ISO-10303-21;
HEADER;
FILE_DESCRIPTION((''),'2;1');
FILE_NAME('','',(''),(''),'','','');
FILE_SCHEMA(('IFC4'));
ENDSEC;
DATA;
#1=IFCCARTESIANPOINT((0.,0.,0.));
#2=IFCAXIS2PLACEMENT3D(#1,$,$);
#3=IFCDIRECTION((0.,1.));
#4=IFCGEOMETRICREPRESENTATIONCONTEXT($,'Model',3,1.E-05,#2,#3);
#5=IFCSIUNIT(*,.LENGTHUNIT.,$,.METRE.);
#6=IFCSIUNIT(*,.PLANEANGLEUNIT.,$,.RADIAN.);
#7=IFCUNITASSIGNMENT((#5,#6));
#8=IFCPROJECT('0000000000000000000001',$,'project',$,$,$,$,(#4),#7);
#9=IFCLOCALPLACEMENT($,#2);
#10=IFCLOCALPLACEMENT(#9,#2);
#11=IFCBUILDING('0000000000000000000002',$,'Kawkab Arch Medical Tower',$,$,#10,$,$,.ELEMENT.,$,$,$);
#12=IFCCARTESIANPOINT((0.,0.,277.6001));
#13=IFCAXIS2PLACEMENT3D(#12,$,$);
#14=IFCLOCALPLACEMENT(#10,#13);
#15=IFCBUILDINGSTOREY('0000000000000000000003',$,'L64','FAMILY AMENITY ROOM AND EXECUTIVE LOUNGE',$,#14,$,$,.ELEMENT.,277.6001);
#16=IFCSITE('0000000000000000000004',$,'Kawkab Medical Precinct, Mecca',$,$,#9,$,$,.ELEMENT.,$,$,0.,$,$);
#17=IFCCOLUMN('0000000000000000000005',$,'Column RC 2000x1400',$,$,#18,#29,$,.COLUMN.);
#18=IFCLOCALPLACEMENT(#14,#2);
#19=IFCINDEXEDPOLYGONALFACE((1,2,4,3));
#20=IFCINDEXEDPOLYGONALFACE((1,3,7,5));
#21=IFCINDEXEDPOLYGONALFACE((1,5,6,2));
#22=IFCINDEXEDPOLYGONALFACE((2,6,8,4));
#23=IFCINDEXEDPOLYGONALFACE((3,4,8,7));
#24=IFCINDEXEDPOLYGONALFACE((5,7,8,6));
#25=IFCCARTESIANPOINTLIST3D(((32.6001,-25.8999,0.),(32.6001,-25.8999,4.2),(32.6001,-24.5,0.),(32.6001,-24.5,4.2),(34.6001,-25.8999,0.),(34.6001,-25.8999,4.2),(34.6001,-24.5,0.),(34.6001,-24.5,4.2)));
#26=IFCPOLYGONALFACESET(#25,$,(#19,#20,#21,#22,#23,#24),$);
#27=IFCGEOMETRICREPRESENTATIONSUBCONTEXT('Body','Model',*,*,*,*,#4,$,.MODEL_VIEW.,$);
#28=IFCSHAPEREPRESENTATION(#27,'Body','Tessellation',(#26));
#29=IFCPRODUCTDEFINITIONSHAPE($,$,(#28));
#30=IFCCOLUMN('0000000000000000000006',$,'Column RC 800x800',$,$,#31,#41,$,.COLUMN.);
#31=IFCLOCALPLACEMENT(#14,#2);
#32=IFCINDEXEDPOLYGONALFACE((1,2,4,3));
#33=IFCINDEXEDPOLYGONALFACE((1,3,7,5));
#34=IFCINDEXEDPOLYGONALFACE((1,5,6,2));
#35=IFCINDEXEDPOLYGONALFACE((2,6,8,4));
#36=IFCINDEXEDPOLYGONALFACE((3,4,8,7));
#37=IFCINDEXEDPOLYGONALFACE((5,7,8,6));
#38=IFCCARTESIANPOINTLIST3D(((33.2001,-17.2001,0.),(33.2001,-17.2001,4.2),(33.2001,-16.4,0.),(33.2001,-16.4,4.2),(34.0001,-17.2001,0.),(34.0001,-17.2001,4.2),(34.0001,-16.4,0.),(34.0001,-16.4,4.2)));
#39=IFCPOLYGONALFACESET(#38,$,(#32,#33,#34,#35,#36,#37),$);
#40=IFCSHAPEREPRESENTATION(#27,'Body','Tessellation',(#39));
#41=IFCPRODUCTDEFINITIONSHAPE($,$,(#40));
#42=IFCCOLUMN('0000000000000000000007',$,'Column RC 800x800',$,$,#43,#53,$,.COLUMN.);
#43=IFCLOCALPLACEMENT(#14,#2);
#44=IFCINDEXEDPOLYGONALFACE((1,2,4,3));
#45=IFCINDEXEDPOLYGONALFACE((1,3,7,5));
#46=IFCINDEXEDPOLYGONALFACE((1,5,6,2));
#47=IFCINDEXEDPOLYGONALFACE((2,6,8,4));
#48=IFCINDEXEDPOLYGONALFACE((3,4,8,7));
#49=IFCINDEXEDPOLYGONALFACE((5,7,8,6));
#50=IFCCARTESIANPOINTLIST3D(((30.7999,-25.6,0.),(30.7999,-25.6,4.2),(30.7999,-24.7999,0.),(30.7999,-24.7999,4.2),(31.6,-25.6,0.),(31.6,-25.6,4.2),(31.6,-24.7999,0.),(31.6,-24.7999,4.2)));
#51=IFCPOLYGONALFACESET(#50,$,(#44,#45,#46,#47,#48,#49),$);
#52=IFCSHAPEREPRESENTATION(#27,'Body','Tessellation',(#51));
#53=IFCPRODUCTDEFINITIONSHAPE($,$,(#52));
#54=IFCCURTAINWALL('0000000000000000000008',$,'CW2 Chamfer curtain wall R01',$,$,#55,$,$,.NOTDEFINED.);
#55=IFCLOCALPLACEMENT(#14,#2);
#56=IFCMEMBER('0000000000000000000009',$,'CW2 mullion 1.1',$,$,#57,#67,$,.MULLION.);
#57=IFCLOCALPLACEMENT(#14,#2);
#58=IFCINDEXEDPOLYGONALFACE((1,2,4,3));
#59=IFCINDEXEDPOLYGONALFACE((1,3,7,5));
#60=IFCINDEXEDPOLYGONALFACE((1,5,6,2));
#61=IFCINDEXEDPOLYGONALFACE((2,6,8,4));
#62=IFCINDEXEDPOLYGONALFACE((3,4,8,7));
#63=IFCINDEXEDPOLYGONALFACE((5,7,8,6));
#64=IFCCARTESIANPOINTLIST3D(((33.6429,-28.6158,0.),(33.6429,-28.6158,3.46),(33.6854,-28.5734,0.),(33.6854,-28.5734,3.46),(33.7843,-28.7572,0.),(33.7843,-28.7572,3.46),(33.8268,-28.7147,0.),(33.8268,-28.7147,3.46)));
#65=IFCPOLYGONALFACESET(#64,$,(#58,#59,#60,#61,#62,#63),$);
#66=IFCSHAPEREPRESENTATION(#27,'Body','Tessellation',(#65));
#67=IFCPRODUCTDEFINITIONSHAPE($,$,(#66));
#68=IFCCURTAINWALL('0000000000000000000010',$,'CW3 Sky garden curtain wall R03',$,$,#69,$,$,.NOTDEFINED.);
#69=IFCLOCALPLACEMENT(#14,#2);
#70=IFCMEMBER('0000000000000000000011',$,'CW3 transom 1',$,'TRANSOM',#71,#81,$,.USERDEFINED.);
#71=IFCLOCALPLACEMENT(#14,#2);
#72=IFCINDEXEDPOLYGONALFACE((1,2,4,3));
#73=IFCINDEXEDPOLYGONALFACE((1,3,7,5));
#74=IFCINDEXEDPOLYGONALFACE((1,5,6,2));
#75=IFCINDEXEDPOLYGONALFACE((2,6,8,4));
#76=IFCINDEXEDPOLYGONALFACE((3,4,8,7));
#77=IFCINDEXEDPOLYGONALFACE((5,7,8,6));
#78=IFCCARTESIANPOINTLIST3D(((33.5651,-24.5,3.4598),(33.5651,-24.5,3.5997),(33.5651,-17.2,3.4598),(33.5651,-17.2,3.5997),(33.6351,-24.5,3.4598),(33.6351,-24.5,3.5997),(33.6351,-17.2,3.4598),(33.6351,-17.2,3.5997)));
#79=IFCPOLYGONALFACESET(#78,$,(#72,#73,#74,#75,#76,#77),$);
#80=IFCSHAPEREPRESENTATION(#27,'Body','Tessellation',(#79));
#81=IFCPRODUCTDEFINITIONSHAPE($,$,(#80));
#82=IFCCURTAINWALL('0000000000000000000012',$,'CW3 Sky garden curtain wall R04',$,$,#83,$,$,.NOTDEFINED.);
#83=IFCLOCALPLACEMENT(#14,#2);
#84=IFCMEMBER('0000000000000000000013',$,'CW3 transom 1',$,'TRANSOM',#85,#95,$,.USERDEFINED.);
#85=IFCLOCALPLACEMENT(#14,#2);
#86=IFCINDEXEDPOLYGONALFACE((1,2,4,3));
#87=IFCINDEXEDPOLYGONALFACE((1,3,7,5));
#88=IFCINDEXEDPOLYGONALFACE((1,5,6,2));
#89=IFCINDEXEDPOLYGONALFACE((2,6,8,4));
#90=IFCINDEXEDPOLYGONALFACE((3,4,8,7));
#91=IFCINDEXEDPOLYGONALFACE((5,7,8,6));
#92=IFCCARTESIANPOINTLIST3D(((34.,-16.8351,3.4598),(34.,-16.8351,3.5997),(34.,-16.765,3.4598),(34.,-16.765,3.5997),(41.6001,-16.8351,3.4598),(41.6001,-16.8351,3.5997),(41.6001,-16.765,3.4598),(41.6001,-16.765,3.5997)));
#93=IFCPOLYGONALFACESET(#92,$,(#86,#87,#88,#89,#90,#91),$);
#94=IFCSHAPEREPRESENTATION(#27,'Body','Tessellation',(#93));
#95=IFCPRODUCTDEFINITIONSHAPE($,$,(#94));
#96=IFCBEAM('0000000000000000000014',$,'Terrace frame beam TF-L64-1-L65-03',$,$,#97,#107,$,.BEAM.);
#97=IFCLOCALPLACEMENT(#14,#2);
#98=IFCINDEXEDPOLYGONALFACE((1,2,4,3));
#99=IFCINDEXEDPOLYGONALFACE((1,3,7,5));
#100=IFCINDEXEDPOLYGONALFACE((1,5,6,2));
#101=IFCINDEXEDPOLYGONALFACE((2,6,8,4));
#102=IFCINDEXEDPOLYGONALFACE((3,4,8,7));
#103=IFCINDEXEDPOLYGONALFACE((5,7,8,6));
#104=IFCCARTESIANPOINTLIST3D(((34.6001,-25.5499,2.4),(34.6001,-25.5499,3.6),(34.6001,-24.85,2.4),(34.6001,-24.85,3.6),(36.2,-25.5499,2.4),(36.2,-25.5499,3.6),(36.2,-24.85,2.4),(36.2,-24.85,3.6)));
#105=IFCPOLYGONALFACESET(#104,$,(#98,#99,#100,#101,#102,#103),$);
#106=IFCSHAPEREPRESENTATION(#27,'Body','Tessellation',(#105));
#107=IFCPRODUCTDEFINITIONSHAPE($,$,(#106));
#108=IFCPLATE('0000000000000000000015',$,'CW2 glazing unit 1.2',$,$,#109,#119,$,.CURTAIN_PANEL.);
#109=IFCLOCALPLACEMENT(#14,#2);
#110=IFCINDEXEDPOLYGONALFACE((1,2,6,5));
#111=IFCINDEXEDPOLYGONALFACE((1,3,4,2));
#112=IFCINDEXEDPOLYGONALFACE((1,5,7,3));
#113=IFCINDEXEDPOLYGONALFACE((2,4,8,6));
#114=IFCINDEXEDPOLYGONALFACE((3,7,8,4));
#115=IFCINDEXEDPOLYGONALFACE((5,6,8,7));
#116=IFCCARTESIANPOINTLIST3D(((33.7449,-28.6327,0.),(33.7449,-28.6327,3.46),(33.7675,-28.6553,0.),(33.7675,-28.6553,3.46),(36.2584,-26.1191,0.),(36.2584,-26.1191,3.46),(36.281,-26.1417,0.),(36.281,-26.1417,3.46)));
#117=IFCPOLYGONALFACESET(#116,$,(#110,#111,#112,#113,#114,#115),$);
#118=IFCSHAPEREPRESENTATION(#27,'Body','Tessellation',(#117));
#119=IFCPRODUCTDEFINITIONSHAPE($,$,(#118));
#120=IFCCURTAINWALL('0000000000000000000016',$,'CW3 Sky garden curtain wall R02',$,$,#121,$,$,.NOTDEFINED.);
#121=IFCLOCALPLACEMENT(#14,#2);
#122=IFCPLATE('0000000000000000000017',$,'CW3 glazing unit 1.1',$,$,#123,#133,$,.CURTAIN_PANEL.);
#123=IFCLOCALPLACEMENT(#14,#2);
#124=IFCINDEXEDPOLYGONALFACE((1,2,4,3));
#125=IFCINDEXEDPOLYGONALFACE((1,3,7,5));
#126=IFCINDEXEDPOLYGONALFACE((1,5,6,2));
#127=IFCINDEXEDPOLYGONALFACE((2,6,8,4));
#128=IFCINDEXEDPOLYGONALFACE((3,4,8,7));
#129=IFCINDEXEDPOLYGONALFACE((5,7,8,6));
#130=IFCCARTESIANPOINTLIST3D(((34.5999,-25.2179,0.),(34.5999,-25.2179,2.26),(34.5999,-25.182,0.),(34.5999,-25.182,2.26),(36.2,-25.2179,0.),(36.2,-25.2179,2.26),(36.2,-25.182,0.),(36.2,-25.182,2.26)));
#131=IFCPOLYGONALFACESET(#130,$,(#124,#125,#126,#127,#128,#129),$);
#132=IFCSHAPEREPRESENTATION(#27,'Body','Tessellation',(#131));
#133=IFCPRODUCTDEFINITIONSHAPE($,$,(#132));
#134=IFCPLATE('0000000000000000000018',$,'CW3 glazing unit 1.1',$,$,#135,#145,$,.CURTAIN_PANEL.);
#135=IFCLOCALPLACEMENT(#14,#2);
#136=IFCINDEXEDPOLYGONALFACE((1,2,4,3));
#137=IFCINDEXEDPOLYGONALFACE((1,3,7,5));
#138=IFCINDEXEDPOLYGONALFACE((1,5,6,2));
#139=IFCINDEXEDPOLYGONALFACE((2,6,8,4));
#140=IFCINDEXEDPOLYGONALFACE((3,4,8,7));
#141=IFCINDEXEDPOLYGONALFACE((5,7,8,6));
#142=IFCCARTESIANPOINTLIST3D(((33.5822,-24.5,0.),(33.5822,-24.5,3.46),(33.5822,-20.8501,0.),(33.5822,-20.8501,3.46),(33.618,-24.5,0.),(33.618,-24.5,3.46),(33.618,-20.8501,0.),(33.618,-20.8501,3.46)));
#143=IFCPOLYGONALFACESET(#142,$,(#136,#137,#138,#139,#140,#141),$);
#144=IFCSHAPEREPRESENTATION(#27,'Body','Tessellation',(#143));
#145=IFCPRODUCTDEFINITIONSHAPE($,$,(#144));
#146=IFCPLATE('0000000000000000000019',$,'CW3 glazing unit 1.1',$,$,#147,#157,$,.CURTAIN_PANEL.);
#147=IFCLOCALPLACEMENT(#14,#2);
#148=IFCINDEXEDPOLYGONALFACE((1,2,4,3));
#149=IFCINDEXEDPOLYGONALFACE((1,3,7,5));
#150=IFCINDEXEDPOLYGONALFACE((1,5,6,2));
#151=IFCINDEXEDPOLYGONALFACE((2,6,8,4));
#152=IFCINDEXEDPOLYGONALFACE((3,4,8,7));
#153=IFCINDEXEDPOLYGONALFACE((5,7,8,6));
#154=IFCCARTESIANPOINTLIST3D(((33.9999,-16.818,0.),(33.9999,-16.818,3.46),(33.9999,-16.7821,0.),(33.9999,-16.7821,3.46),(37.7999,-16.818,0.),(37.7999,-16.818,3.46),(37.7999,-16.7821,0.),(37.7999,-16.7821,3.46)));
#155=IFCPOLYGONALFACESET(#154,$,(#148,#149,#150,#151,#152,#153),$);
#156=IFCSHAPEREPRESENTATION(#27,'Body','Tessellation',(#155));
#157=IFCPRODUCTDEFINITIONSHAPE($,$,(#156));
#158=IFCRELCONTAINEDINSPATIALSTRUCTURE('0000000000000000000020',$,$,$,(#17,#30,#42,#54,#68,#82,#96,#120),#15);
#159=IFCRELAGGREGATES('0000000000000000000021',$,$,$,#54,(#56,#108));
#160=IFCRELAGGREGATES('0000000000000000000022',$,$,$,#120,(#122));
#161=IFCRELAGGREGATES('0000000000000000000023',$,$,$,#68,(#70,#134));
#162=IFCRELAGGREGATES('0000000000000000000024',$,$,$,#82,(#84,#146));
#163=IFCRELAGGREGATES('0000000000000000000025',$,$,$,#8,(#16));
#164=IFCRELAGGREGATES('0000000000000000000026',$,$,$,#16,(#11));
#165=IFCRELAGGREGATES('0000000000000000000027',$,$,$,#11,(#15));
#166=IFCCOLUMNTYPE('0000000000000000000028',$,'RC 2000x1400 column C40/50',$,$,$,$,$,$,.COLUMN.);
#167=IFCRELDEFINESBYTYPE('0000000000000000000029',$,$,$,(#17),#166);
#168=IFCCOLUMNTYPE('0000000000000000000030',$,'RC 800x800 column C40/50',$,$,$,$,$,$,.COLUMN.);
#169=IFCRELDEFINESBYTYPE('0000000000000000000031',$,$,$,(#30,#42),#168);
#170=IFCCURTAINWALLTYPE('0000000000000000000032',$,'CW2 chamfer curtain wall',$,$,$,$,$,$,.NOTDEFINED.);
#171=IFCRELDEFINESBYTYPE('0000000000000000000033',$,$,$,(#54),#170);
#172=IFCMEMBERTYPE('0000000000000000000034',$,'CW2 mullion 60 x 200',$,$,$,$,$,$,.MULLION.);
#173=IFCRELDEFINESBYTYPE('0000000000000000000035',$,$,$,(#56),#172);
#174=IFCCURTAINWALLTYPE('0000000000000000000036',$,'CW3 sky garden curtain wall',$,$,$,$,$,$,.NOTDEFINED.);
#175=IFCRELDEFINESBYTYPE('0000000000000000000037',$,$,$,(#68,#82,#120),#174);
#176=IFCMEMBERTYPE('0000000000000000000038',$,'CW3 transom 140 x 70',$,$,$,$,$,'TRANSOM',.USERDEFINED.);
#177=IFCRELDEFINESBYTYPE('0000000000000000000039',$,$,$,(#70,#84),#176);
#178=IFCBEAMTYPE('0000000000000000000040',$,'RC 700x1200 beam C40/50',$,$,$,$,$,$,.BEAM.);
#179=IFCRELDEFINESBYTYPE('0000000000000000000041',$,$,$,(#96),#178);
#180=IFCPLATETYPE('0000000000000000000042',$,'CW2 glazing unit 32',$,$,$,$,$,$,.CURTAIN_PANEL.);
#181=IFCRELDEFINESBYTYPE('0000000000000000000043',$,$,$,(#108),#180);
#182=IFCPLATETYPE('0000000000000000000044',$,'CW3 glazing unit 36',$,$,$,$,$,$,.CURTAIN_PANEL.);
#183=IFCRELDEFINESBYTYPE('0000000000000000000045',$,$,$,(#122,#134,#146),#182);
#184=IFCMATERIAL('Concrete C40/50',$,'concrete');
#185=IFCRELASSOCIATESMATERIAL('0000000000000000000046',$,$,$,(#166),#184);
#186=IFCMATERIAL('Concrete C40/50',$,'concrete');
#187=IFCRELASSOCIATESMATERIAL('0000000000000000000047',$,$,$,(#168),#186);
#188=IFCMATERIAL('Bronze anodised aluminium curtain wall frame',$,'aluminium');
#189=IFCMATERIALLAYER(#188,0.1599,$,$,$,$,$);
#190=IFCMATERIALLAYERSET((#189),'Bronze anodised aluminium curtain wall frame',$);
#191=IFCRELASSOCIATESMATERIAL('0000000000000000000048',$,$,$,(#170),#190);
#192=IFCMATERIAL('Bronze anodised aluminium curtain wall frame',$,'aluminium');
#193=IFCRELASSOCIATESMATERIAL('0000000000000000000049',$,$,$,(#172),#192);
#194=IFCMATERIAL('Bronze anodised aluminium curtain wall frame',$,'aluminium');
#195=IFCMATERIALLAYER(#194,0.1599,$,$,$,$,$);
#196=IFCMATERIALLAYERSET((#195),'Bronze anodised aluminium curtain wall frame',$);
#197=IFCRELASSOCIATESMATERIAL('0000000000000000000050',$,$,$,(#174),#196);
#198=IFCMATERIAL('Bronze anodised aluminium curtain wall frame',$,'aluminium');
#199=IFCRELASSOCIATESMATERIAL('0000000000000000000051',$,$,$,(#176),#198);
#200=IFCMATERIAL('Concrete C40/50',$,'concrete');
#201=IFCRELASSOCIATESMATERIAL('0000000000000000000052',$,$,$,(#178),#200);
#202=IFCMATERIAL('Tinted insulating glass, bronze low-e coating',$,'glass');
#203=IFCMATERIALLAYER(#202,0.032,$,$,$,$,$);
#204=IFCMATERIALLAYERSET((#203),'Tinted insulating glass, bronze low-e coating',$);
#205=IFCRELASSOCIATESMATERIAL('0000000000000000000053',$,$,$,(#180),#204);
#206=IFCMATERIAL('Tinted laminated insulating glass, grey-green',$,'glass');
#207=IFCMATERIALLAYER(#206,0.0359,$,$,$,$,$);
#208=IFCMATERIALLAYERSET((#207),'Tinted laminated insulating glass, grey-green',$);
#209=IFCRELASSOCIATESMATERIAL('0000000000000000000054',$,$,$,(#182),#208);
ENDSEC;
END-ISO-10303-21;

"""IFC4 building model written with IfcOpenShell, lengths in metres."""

from ifc_helpers import new_model, si_unit, direction, frame, origin, origin_2d, place, context, subcontext, project, spatial, rectangle, extrude, material, layer, layer_set, material_profile, profile_set, type_object, element, aggregate, save


model = new_model("IFC4")

# Units and contexts
model_context = context("Model", 3, precision=1e-05, world=origin(), true_north=direction((0.0, 1.0)))
body_context = subcontext(model_context, "Body", "Model", "MODEL_VIEW")
ifc_project = project(units=[si_unit("LENGTHUNIT", "METRE"), si_unit("PLANEANGLEUNIT", "RADIAN")], contexts=[model_context])

# Site, building, storey
site_placement = place(None, origin())
site = spatial("IfcSite", under=ifc_project, at=site_placement, Name="Kawkab Medical Precinct, Mecca", CompositionType="ELEMENT", RefElevation=0.0)
building_placement = place(site_placement, origin())
building = spatial("IfcBuilding", under=site, at=building_placement, Name="Kawkab Arch Medical Tower", CompositionType="ELEMENT")
storey_placement = place(building_placement, frame((0.0, 0.0, 277.6001)))
storey = spatial("IfcBuildingStorey", under=building, at=storey_placement, Name="L64", Description="FAMILY AMENITY ROOM AND EXECUTIVE LOUNGE", CompositionType="ELEMENT", Elevation=277.6001)

# Columns
ifc_material_1 = material(Name="Concrete C40/50", Category="concrete")
ifc_material_profile_1 = material_profile(ifc_material_1, rectangle(XDim=2.0, YDim=1.3999, at=origin_2d()), Name="RC 2000x1400")
ifc_profile_set_1 = profile_set([ifc_material_profile_1], Name="Concrete C40/50")
column_type_1 = type_object("IfcColumnType", Name="RC 2000x1400 column C40/50", PredefinedType="COLUMN", material=ifc_profile_set_1)
column_placement = place(storey_placement, frame((33.6001, -25.2, 0.0), z_axis=(0.0, 0.0, 1.0), x_axis=(-1.0, 0.0, 0.0)))
element("IfcColumn", 1, at=column_placement, inside=storey, type_object=column_type_1, Name="Column RC 2000x1400", PredefinedType="COLUMN", context=body_context, shape_type="SweptSolid", body=[
    extrude(rectangle(XDim=2.0, YDim=1.3999, at=origin_2d()), origin(), (0.0, 0.0, 1.0), 4.2),
])
ifc_material_2 = material(Name="Concrete C40/50", Category="concrete")
ifc_material_profile_2 = material_profile(ifc_material_2, rectangle(XDim=0.8, YDim=0.8, at=origin_2d()), Name="RC 800x800")
ifc_profile_set_2 = profile_set([ifc_material_profile_2], Name="Concrete C40/50")
column_type_2 = type_object("IfcColumnType", Name="RC 800x800 column C40/50", PredefinedType="COLUMN", material=ifc_profile_set_2)
for number, where, z_axis, x_axis, name in (
    (2, (33.6001, -16.8, 0.0), (0.0, 0.0, 1.0), (1.0, 0.0, 0.0), "Column RC 800x800"),
    (3, (31.2, -25.2, 0.0), (0.0, 0.0, 1.0), (1.0, 0.0, 0.0), "Column RC 800x800"),
):
    element("IfcColumn", number, at=place(storey_placement, frame(where, z_axis=z_axis, x_axis=x_axis)), inside=storey, type_object=column_type_2, Name=name, PredefinedType="COLUMN", context=body_context, shape_type="SweptSolid", body=[
        extrude(rectangle(XDim=0.8, YDim=0.8, at=origin_2d()), origin(), (0.0, 0.0, 1.0), 4.2),
    ])

# Curtain walls, members
ifc_material_3 = material(Name="Bronze anodised aluminium curtain wall frame", Category="aluminium")
ifc_layer_1 = layer(ifc_material_3, 0.1599)
ifc_layer_set_1 = layer_set([ifc_layer_1], Name="Bronze anodised aluminium curtain wall frame")
curtain_wall_type_1 = type_object("IfcCurtainWallType", Name="CW2 chamfer curtain wall", PredefinedType="NOTDEFINED", material=ifc_layer_set_1)
placement = place(storey_placement, origin())
curtain_wall_1 = element("IfcCurtainWall", 4, at=placement, inside=storey, type_object=curtain_wall_type_1, Name="CW2 Chamfer curtain wall R01", PredefinedType="NOTDEFINED")
ifc_material_4 = material(Name="Bronze anodised aluminium curtain wall frame", Category="aluminium")
ifc_material_profile_3 = material_profile(ifc_material_4, rectangle(XDim=0.2, YDim=0.0601, at=origin_2d()), Name="AL 60x200")
ifc_profile_set_3 = profile_set([ifc_material_profile_3], Name="Bronze anodised aluminium curtain wall frame")
member_type_1 = type_object("IfcMemberType", Name="CW2 mullion 60 x 200", PredefinedType="MULLION", material=ifc_profile_set_3)
member_1_placement = place(storey_placement, frame((33.7349, -28.6653, 0.0), z_axis=(0.0, 0.0, 1.0), x_axis=(-0.707107, 0.707107, 0.0)))
member_1 = element("IfcMember", 5, at=member_1_placement, type_object=member_type_1, Name="CW2 mullion 1.1", PredefinedType="MULLION", context=body_context, shape_type="SweptSolid", body=[
    extrude(rectangle(XDim=0.2, YDim=0.0601, at=origin_2d()), origin(), (0.0, 0.0, 1.0), 3.46),
])
ifc_material_5 = material(Name="Bronze anodised aluminium curtain wall frame", Category="aluminium")
ifc_layer_2 = layer(ifc_material_5, 0.1599)
ifc_layer_set_2 = layer_set([ifc_layer_2], Name="Bronze anodised aluminium curtain wall frame")
curtain_wall_type_2 = type_object("IfcCurtainWallType", Name="CW3 sky garden curtain wall", PredefinedType="NOTDEFINED", material=ifc_layer_set_2)
curtain_wall_2 = element("IfcCurtainWall", 6, at=placement, inside=storey, type_object=curtain_wall_type_2, Name="CW3 Sky garden curtain wall R03", PredefinedType="NOTDEFINED")
ifc_material_6 = material(Name="Bronze anodised aluminium curtain wall frame", Category="aluminium")
ifc_material_profile_4 = material_profile(ifc_material_6, rectangle(XDim=0.0701, YDim=0.1399, at=origin_2d()), Name="AL 70x140")
ifc_profile_set_4 = profile_set([ifc_material_profile_4], Name="Bronze anodised aluminium curtain wall frame")
member_type_2 = type_object("IfcMemberType", Name="CW3 transom 140 x 70", ElementType="TRANSOM", PredefinedType="USERDEFINED", material=ifc_profile_set_4)
member_2_placement = place(storey_placement, frame((33.6001, -24.5, 3.5298), z_axis=(0.0, 1.0, 0.0), x_axis=(-1.0, 0.0, 0.0)))
member_2 = element("IfcMember", 7, at=member_2_placement, type_object=member_type_2, Name="CW3 transom 1", ObjectType="TRANSOM", PredefinedType="USERDEFINED", context=body_context, shape_type="SweptSolid", body=[
    extrude(rectangle(XDim=0.0701, YDim=0.1399, at=origin_2d()), origin(), (0.0, 0.0, 1.0), 7.3),
])
curtain_wall_3 = element("IfcCurtainWall", 8, at=placement, inside=storey, type_object=curtain_wall_type_2, Name="CW3 Sky garden curtain wall R04", PredefinedType="NOTDEFINED")
member_3_placement = place(storey_placement, frame((34.0, -16.8, 3.5298), z_axis=(1.0, 0.0, 0.0), x_axis=(0.0, 1.0, 0.0)))
member_3 = element("IfcMember", 9, at=member_3_placement, type_object=member_type_2, Name="CW3 transom 1", ObjectType="TRANSOM", PredefinedType="USERDEFINED", context=body_context, shape_type="SweptSolid", body=[
    extrude(rectangle(XDim=0.0701, YDim=0.1399, at=origin_2d()), origin(), (0.0, 0.0, 1.0), 7.6001),
])

# Beam
ifc_material_7 = material(Name="Concrete C40/50", Category="concrete")
ifc_material_profile_5 = material_profile(ifc_material_7, rectangle(XDim=0.7, YDim=1.2, at=origin_2d()), Name="RC 700x1200")
ifc_profile_set_5 = profile_set([ifc_material_profile_5], Name="Concrete C40/50")
beam_type = type_object("IfcBeamType", Name="RC 700x1200 beam C40/50", PredefinedType="BEAM", material=ifc_profile_set_5)
beam_placement = place(storey_placement, frame((36.2, -25.2, 3.0), z_axis=(-1.0, 0.0, 0.0), x_axis=(0.0, -1.0, 0.0)))
element("IfcBeam", 10, at=beam_placement, inside=storey, type_object=beam_type, Name="Terrace frame beam TF-L64-1-L65-03", PredefinedType="BEAM", context=body_context, shape_type="SweptSolid", body=[
    extrude(rectangle(XDim=0.7, YDim=1.2, at=origin_2d()), origin(), (0.0, 0.0, 1.0), 1.5999),
])

# Plate
ifc_material_8 = material(Name="Tinted insulating glass, bronze low-e coating", Category="glass")
ifc_layer_3 = layer(ifc_material_8, 0.032)
ifc_layer_set_3 = layer_set([ifc_layer_3], Name="Tinted insulating glass, bronze low-e coating")
plate_type_1 = type_object("IfcPlateType", Name="CW2 glazing unit 32", PredefinedType="CURTAIN_PANEL", material=ifc_layer_set_3)
plate_1_placement = place(storey_placement, frame((35.0129, -27.3872, 0.0), z_axis=(0.0, 0.0, 1.0), x_axis=(0.707107, 0.707107, 0.0)))
plate_1 = element("IfcPlate", 11, at=plate_1_placement, type_object=plate_type_1, Name="CW2 glazing unit 1.2", PredefinedType="CURTAIN_PANEL", context=body_context, shape_type="SweptSolid", body=[
    extrude(rectangle(XDim=3.5547, YDim=0.032, at=origin_2d()), origin(), (0.0, 0.0, 1.0), 3.46),
])
aggregate(curtain_wall_1, [member_1, plate_1])

# Curtain wall, plate
curtain_wall_4 = element("IfcCurtainWall", 12, at=placement, inside=storey, type_object=curtain_wall_type_2, Name="CW3 Sky garden curtain wall R02", PredefinedType="NOTDEFINED")
ifc_material_9 = material(Name="Tinted laminated insulating glass, grey-green", Category="glass")
ifc_layer_4 = layer(ifc_material_9, 0.0359)
ifc_layer_set_4 = layer_set([ifc_layer_4], Name="Tinted laminated insulating glass, grey-green")
plate_type_2 = type_object("IfcPlateType", Name="CW3 glazing unit 36", PredefinedType="CURTAIN_PANEL", material=ifc_layer_set_4)
plate_2_placement = place(storey_placement, frame((35.3999, -25.2, 0.0), z_axis=(0.0, 0.0, 1.0), x_axis=(-1.0, 0.0, 0.0)))
plate_2 = element("IfcPlate", 13, at=plate_2_placement, type_object=plate_type_2, Name="CW3 glazing unit 1.1", PredefinedType="CURTAIN_PANEL", context=body_context, shape_type="SweptSolid", body=[
    extrude(rectangle(XDim=1.6001, YDim=0.0359, at=origin_2d()), origin(), (0.0, 0.0, 1.0), 2.26),
])
aggregate(curtain_wall_4, [plate_2])

# Plates
plate_3_placement = place(storey_placement, frame((33.6001, -22.675, 0.0), z_axis=(0.0, 0.0, 1.0), x_axis=(0.0, 1.0, 0.0)))
plate_3 = element("IfcPlate", 14, at=plate_3_placement, type_object=plate_type_2, Name="CW3 glazing unit 1.1", PredefinedType="CURTAIN_PANEL", context=body_context, shape_type="SweptSolid", body=[
    extrude(rectangle(XDim=3.6499, YDim=0.0359, at=origin_2d()), origin(), (0.0, 0.0, 1.0), 3.46),
])
aggregate(curtain_wall_2, [member_2, plate_3])
plate_4_placement = place(storey_placement, frame((35.8999, -16.8, 0.0), z_axis=(0.0, 0.0, 1.0), x_axis=(1.0, 0.0, 0.0)))
plate_4 = element("IfcPlate", 15, at=plate_4_placement, type_object=plate_type_2, Name="CW3 glazing unit 1.1", PredefinedType="CURTAIN_PANEL", context=body_context, shape_type="SweptSolid", body=[
    extrude(rectangle(XDim=3.8, YDim=0.0359, at=origin_2d()), origin(), (0.0, 0.0, 1.0), 3.46),
])
aggregate(curtain_wall_3, [member_3, plate_4])

save(model, "model.ifc")
